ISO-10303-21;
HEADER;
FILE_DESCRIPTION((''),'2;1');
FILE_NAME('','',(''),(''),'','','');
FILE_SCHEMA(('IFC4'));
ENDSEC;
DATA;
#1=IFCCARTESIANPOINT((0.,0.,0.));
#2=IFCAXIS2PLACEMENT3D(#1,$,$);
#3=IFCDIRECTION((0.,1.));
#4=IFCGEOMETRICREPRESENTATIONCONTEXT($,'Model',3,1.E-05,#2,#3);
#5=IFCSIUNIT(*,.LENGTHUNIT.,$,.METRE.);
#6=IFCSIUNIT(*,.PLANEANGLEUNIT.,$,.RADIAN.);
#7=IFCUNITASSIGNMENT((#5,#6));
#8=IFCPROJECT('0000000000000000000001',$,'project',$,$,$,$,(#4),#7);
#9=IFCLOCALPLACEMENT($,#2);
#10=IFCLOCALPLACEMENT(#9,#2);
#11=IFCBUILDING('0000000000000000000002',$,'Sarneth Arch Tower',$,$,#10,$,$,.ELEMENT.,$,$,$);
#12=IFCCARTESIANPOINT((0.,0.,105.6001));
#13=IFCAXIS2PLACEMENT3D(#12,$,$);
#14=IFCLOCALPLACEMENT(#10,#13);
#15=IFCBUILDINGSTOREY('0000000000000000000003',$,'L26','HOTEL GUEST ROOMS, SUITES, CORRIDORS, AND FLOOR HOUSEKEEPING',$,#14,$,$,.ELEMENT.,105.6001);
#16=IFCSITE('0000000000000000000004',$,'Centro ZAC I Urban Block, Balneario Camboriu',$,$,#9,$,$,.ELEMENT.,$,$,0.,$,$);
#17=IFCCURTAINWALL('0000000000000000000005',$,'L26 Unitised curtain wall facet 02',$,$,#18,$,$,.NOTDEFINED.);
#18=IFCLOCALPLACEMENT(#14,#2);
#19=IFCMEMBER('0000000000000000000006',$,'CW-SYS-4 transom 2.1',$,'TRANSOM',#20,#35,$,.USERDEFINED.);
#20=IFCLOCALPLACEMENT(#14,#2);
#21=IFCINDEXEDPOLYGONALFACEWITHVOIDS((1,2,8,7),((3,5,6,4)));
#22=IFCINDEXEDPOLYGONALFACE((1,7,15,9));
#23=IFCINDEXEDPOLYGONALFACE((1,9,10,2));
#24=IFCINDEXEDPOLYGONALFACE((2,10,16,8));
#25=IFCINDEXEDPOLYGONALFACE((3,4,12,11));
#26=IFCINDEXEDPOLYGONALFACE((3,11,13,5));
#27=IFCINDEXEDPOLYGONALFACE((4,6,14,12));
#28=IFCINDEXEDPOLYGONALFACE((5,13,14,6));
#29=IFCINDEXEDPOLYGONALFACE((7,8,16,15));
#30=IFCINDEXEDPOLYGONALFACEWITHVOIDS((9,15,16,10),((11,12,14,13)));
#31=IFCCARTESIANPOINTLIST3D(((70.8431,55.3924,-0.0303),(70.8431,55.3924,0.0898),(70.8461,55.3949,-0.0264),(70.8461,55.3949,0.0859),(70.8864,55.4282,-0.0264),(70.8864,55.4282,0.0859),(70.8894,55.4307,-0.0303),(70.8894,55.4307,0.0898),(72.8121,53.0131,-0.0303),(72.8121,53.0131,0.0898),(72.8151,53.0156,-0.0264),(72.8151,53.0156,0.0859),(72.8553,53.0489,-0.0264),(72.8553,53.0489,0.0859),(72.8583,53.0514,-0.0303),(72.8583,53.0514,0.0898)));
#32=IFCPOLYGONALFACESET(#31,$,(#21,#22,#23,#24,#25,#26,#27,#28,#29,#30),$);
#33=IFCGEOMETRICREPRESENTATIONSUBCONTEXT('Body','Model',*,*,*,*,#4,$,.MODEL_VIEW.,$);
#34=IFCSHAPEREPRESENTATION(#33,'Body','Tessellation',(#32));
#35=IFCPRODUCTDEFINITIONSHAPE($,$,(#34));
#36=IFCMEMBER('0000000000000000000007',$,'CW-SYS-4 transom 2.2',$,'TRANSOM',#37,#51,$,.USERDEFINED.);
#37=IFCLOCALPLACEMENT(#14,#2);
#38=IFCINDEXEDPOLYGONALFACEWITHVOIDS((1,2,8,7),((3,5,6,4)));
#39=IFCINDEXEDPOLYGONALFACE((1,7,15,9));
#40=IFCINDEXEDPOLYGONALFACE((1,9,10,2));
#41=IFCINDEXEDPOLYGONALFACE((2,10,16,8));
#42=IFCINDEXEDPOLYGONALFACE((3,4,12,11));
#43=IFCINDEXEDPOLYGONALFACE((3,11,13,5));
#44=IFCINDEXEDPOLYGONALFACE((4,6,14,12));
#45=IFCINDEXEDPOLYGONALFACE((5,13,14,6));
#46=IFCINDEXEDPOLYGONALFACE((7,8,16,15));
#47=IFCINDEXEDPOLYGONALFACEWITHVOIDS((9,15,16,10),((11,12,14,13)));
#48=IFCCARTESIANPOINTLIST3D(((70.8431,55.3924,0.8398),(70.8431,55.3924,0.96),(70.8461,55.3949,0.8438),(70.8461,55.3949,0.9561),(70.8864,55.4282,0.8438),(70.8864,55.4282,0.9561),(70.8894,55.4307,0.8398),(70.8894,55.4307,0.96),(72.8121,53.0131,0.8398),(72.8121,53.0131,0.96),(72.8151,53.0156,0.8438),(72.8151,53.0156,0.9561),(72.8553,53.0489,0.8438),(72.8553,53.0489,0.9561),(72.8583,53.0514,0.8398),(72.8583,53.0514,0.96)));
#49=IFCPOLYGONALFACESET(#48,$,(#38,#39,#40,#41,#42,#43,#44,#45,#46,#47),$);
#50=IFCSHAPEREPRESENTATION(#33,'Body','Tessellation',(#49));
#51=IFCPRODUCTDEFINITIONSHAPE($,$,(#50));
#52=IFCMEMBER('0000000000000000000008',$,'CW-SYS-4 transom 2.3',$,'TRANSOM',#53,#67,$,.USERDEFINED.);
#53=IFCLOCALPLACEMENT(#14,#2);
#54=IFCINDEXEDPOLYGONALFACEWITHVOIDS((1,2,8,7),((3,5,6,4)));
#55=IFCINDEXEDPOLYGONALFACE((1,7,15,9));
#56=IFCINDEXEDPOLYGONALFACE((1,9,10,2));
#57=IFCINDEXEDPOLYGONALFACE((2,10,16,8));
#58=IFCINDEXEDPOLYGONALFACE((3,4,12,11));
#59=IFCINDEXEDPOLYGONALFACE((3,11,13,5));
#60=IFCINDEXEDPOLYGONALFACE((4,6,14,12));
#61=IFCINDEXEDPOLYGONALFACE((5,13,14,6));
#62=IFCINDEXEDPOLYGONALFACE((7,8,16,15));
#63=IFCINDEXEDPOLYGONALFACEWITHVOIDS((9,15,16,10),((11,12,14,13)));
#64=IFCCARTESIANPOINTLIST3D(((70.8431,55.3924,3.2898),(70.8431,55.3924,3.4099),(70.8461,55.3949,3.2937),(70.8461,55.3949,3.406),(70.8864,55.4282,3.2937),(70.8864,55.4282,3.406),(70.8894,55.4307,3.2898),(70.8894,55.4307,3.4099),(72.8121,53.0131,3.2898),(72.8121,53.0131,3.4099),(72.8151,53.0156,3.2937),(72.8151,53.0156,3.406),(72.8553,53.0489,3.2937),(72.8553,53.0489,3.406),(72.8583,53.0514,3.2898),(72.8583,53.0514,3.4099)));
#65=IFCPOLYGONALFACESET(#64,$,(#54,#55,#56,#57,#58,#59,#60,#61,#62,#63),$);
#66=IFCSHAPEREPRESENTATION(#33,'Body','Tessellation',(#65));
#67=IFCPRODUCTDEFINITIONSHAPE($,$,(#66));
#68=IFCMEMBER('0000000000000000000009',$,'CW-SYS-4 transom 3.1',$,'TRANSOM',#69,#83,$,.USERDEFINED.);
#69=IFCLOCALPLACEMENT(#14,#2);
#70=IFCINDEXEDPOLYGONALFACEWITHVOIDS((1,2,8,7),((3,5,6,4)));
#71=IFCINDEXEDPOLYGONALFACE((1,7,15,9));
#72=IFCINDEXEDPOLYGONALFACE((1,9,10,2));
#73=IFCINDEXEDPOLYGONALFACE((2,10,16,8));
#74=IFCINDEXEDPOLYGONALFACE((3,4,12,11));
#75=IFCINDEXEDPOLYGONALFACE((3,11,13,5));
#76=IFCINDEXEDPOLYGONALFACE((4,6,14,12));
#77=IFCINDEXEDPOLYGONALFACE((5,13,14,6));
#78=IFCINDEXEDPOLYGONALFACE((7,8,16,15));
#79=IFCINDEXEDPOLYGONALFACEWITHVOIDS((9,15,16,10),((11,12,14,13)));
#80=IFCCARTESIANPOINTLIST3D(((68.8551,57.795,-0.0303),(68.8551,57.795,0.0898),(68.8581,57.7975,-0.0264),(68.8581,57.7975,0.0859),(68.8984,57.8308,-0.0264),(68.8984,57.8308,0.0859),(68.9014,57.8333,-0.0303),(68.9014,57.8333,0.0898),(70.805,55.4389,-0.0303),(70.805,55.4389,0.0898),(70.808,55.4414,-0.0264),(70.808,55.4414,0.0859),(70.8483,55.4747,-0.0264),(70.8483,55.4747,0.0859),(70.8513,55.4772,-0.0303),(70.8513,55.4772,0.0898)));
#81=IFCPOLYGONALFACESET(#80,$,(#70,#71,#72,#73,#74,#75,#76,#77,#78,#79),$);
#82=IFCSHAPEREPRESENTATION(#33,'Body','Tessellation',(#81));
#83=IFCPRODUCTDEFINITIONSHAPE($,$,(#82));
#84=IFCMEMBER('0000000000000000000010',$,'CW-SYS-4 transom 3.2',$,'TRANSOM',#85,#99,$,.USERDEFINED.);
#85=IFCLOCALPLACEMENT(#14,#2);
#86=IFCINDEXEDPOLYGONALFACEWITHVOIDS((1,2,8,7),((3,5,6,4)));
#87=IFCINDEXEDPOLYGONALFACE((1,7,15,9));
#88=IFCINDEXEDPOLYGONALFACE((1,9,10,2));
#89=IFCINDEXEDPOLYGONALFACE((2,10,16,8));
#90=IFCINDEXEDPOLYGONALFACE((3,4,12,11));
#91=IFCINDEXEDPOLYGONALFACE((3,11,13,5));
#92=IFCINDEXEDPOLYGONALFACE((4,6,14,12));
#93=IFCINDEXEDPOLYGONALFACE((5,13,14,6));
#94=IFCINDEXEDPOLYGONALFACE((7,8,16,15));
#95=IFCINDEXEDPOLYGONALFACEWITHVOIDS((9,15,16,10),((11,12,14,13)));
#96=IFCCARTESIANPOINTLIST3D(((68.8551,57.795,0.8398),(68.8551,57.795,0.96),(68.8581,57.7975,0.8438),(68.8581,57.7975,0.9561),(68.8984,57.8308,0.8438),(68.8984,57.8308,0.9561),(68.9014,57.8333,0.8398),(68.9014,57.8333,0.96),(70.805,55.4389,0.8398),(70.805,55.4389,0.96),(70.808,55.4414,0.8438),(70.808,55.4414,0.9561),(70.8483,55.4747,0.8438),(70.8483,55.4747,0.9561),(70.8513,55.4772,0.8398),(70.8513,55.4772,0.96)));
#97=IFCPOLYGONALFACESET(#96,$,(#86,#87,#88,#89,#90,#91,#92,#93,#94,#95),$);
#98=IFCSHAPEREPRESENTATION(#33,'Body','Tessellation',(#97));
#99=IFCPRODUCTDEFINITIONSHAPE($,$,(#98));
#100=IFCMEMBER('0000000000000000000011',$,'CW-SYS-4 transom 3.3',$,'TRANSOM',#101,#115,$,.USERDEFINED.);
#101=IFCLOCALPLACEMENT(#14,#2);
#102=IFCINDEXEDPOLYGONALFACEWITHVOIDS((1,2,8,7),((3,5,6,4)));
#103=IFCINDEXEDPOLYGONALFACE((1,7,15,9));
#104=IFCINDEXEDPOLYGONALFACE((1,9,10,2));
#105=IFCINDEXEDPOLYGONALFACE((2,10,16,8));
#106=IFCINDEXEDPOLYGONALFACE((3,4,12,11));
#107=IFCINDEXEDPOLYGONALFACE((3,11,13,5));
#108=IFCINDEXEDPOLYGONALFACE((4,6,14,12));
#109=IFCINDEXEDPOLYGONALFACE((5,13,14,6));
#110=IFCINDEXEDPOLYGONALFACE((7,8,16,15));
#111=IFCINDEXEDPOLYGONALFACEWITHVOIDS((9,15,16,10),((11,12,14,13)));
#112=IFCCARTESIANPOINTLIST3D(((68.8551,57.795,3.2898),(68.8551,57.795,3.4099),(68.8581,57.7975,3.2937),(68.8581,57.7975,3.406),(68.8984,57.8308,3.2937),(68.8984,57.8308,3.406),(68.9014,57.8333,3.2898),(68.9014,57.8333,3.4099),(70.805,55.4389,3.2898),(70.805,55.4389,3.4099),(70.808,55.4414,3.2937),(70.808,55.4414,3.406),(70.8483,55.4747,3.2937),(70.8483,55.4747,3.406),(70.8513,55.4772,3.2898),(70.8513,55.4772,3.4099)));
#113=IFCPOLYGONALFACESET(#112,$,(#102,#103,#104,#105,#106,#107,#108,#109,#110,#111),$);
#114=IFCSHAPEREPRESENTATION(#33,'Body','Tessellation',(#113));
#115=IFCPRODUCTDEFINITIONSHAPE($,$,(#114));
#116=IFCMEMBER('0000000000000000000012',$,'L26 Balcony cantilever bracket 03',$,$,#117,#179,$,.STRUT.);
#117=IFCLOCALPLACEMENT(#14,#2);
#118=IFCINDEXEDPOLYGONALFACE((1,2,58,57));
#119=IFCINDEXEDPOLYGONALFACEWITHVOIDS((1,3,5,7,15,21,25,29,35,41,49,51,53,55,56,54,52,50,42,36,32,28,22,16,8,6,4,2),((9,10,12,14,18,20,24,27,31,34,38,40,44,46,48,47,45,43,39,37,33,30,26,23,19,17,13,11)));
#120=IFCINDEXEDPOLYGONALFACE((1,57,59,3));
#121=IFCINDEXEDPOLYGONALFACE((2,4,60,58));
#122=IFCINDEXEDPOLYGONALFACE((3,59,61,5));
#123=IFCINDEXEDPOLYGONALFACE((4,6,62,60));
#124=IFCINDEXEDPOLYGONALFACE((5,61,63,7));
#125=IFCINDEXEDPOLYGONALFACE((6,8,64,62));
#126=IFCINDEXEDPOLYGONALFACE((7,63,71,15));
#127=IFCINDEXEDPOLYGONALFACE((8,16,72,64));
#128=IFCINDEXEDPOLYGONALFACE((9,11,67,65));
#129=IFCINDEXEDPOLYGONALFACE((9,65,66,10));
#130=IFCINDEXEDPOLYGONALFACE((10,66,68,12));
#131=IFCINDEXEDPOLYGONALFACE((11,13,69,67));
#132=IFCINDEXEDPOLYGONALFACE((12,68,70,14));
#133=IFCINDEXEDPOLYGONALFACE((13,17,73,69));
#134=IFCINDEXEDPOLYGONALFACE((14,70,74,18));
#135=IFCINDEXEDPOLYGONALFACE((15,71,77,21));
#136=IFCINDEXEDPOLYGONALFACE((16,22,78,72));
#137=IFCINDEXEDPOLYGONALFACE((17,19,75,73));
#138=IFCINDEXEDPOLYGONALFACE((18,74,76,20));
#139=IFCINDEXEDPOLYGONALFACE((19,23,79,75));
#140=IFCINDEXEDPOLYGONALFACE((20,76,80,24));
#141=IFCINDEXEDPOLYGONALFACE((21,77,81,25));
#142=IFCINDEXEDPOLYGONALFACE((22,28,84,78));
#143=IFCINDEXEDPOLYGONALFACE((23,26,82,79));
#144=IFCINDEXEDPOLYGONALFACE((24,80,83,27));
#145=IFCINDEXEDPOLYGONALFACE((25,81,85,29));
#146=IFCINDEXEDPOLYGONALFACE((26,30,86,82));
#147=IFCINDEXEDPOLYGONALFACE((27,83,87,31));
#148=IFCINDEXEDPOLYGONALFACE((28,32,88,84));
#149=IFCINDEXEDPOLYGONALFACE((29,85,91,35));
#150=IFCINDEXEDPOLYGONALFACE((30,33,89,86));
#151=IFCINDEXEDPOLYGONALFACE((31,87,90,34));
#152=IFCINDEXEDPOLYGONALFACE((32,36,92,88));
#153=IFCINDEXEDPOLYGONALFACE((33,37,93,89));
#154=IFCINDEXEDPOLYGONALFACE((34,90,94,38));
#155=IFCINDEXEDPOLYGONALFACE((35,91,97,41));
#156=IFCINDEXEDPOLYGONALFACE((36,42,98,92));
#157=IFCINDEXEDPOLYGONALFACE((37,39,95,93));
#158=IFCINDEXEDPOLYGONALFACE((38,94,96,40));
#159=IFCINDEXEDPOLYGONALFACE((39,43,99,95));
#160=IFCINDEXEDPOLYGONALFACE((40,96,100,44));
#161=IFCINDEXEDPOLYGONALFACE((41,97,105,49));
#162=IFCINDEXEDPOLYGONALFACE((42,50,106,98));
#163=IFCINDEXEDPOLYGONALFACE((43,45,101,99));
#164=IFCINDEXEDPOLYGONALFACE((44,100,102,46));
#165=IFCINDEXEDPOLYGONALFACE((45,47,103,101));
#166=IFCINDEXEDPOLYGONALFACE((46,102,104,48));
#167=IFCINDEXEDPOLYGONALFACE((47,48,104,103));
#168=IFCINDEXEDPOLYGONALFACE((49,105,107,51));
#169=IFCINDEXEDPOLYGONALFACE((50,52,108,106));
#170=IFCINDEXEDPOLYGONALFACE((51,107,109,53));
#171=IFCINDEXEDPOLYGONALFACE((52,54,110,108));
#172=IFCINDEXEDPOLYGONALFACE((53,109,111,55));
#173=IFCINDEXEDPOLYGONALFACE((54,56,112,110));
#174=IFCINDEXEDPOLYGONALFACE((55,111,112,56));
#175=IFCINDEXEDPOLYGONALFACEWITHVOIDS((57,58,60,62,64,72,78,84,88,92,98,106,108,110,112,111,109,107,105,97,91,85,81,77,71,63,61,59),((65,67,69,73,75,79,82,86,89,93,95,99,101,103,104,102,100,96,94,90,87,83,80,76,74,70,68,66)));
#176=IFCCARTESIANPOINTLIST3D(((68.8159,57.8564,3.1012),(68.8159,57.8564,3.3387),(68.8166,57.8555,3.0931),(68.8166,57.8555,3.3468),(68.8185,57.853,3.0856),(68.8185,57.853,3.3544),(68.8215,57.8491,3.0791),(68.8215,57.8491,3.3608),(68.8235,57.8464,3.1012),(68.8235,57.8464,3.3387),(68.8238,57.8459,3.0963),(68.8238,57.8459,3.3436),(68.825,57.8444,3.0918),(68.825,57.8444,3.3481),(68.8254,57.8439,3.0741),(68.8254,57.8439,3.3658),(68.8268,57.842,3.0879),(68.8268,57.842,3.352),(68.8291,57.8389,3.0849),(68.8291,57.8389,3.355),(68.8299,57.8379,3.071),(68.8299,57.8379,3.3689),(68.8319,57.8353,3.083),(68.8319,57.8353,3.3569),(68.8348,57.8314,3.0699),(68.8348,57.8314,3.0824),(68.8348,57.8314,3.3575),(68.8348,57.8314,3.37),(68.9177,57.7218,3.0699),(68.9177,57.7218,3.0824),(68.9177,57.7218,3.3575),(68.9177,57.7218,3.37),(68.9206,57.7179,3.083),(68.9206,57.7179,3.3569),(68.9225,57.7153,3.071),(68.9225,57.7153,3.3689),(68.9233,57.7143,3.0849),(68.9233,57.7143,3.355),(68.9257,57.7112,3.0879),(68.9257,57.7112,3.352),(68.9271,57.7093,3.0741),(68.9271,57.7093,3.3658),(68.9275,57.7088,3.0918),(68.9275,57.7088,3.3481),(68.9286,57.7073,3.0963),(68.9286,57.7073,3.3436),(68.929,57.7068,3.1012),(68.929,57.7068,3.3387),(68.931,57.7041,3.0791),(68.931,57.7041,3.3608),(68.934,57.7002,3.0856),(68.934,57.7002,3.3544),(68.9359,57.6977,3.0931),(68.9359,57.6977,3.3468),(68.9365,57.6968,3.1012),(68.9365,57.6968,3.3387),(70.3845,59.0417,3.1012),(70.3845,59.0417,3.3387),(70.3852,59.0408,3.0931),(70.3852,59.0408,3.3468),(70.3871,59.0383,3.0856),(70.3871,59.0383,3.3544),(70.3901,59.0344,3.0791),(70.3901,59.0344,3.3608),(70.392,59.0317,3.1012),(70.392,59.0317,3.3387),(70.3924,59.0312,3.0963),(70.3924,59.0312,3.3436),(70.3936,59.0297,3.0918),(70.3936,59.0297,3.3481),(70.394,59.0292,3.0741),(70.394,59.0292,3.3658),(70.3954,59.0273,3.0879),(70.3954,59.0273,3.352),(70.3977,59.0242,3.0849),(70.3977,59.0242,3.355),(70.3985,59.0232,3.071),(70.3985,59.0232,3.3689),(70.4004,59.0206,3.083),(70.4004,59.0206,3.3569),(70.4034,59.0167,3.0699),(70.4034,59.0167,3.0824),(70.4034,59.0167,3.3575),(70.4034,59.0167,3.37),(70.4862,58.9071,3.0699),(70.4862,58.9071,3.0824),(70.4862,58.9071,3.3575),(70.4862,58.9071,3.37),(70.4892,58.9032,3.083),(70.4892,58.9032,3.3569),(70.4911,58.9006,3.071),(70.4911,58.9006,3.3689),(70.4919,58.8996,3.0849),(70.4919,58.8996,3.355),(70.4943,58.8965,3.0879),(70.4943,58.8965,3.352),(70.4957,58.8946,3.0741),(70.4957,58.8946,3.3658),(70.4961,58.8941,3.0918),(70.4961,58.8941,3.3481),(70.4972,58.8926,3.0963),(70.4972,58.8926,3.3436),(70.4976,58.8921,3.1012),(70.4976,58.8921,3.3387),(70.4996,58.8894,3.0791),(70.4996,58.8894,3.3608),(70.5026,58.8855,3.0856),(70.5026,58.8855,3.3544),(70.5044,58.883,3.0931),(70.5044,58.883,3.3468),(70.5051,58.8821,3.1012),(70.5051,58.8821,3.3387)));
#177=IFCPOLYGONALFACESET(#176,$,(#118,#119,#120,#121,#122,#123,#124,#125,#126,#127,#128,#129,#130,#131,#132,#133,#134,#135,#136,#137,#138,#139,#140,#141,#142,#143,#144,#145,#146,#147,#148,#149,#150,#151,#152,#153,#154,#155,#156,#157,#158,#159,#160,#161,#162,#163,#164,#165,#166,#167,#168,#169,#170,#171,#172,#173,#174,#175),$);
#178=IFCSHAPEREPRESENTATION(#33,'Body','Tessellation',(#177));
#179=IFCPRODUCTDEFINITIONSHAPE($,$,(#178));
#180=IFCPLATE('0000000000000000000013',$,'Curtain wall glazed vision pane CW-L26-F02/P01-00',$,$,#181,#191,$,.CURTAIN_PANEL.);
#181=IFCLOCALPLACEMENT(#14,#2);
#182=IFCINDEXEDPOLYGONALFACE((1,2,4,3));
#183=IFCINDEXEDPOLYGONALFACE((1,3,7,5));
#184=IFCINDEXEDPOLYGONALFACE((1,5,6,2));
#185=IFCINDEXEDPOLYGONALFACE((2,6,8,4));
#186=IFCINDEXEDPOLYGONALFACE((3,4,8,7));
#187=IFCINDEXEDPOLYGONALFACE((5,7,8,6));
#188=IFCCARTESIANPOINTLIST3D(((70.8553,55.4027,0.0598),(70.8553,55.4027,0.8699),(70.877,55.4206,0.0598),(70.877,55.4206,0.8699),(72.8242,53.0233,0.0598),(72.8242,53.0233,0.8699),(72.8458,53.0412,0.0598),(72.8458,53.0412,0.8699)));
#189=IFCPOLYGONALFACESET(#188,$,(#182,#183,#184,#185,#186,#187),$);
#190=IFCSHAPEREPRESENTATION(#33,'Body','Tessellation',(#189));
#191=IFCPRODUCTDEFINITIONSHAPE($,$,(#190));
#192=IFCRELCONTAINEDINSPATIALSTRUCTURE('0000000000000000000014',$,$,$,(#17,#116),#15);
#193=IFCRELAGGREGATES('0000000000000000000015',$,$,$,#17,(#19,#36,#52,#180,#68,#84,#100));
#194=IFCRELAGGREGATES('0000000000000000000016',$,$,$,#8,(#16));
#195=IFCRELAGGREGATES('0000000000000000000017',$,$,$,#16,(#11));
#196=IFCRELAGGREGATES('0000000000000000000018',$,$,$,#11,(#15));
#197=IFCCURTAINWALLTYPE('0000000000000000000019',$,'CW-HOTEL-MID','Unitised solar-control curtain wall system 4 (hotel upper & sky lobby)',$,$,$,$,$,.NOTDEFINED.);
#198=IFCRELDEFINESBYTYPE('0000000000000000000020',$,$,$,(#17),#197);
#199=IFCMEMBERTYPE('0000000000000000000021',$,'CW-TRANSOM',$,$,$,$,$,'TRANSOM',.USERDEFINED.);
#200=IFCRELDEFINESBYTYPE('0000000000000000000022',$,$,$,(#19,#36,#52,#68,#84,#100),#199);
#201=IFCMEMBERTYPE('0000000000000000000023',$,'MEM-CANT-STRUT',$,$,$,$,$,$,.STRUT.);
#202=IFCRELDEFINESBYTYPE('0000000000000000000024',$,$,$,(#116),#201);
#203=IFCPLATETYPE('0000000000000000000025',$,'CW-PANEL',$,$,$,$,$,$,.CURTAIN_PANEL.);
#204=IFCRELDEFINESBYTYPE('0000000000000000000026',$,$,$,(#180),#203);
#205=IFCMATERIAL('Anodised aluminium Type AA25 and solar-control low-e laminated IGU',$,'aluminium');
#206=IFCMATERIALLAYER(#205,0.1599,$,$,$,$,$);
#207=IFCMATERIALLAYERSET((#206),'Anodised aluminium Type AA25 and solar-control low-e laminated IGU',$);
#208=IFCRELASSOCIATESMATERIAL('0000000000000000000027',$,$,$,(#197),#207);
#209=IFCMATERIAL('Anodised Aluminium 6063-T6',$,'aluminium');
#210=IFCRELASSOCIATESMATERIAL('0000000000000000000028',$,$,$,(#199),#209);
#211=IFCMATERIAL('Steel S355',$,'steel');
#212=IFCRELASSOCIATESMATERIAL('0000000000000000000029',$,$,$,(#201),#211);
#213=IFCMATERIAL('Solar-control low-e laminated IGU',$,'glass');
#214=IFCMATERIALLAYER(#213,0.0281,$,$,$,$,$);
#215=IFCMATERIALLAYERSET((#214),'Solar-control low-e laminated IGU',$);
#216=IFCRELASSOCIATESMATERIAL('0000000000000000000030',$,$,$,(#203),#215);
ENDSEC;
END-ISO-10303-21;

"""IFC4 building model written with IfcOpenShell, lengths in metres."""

from ifc_helpers import new_model, si_unit, direction, frame, origin, origin_2d, place, context, subcontext, project, spatial, rectangle, hollow_rectangle, extrude, material, layer, layer_set, material_profile, profile_set, type_object, element, aggregate, save


model = new_model("IFC4")

# Units and contexts
model_context = context("Model", 3, precision=1e-05, world=origin(), true_north=direction((0.0, 1.0)))
body_context = subcontext(model_context, "Body", "Model", "MODEL_VIEW")
ifc_project = project(units=[si_unit("LENGTHUNIT", "METRE"), si_unit("PLANEANGLEUNIT", "RADIAN")], contexts=[model_context])

# Site, building, storey
site_placement = place(None, origin())
site = spatial("IfcSite", under=ifc_project, at=site_placement, Name="Centro ZAC I Urban Block, Balneario Camboriu", CompositionType="ELEMENT", RefElevation=0.0)
building_placement = place(site_placement, origin())
building = spatial("IfcBuilding", under=site, at=building_placement, Name="Sarneth Arch Tower", CompositionType="ELEMENT")
storey_placement = place(building_placement, frame((0.0, 0.0, 105.6001)))
storey = spatial("IfcBuildingStorey", under=building, at=storey_placement, Name="L26", Description="HOTEL GUEST ROOMS, SUITES, CORRIDORS, AND FLOOR HOUSEKEEPING", CompositionType="ELEMENT", Elevation=105.6001)

# Curtain wall, members
ifc_material_1 = material(Name="Anodised aluminium Type AA25 and solar-control low-e laminated IGU", Category="aluminium")
ifc_layer_1 = layer(ifc_material_1, 0.1599)
ifc_layer_set_1 = layer_set([ifc_layer_1], Name="Anodised aluminium Type AA25 and solar-control low-e laminated IGU")
curtain_wall_type = type_object("IfcCurtainWallType", Name="CW-HOTEL-MID", Description="Unitised solar-control curtain wall system 4 (hotel upper & sky lobby)", PredefinedType="NOTDEFINED", material=ifc_layer_set_1)
curtain_wall_placement = place(storey_placement, origin())
curtain_wall = element("IfcCurtainWall", 1, at=curtain_wall_placement, inside=storey, type_object=curtain_wall_type, Name="L26 Unitised curtain wall facet 02", PredefinedType="NOTDEFINED")
ifc_material_2 = material(Name="Anodised Aluminium 6063-T6", Category="aluminium")
ifc_material_profile_1 = material_profile(ifc_material_2, hollow_rectangle(XDim=0.0601, YDim=0.1201, WallThickness=0.0039, at=origin_2d()), Name="AL-TRAN-120x60x4")
ifc_profile_set_1 = profile_set([ifc_material_profile_1], Name="Anodised Aluminium 6063-T6")
member_type_1 = type_object("IfcMemberType", Name="CW-TRANSOM", ElementType="TRANSOM", PredefinedType="USERDEFINED", material=ifc_profile_set_1)
member_1_placement = place(storey_placement, frame((72.8352, 53.0322, 0.0298), z_axis=(-0.637537, 0.77042, 0.0), x_axis=(-0.77042, -0.637537, 0.0)))
member_1 = element("IfcMember", 2, at=member_1_placement, type_object=member_type_1, Name="CW-SYS-4 transom 2.1", ObjectType="TRANSOM", PredefinedType="USERDEFINED", context=body_context, shape_type="SweptSolid", body=[
    extrude(hollow_rectangle(XDim=0.0601, YDim=0.1201, WallThickness=0.0039, at=origin_2d()), origin(), (0.0, 0.0, 1.0), 3.0884),
])
member_2_placement = place(storey_placement, frame((72.8352, 53.0322, 0.8999), z_axis=(-0.637537, 0.77042, 0.0), x_axis=(-0.77042, -0.637537, 0.0)))
member_2 = element("IfcMember", 3, at=member_2_placement, type_object=member_type_1, Name="CW-SYS-4 transom 2.2", ObjectType="TRANSOM", PredefinedType="USERDEFINED", context=body_context, shape_type="SweptSolid", body=[
    extrude(hollow_rectangle(XDim=0.0601, YDim=0.1201, WallThickness=0.0039, at=origin_2d()), origin(), (0.0, 0.0, 1.0), 3.0884),
])
member_3_placement = place(storey_placement, frame((72.8352, 53.0322, 3.3499), z_axis=(-0.637537, 0.77042, 0.0), x_axis=(-0.77042, -0.637537, 0.0)))
member_3 = element("IfcMember", 4, at=member_3_placement, type_object=member_type_1, Name="CW-SYS-4 transom 2.3", ObjectType="TRANSOM", PredefinedType="USERDEFINED", context=body_context, shape_type="SweptSolid", body=[
    extrude(hollow_rectangle(XDim=0.0601, YDim=0.1201, WallThickness=0.0039, at=origin_2d()), origin(), (0.0, 0.0, 1.0), 3.0884),
])
member_4_placement = place(storey_placement, frame((70.8281, 55.458, 0.0298), z_axis=(-0.637566, 0.770396, 0.0), x_axis=(-0.770396, -0.637566, 0.0)))
member_4 = element("IfcMember", 5, at=member_4_placement, type_object=member_type_1, Name="CW-SYS-4 transom 3.1", ObjectType="TRANSOM", PredefinedType="USERDEFINED", context=body_context, shape_type="SweptSolid", body=[
    extrude(hollow_rectangle(XDim=0.0601, YDim=0.1201, WallThickness=0.0039, at=origin_2d()), origin(), (0.0, 0.0, 1.0), 3.0583),
])
member_5_placement = place(storey_placement, frame((70.8281, 55.458, 0.8999), z_axis=(-0.637566, 0.770396, 0.0), x_axis=(-0.770396, -0.637566, 0.0)))
member_5 = element("IfcMember", 6, at=member_5_placement, type_object=member_type_1, Name="CW-SYS-4 transom 3.2", ObjectType="TRANSOM", PredefinedType="USERDEFINED", context=body_context, shape_type="SweptSolid", body=[
    extrude(hollow_rectangle(XDim=0.0601, YDim=0.1201, WallThickness=0.0039, at=origin_2d()), origin(), (0.0, 0.0, 1.0), 3.0583),
])
member_6_placement = place(storey_placement, frame((70.8281, 55.458, 3.3499), z_axis=(-0.637566, 0.770396, 0.0), x_axis=(-0.770396, -0.637566, 0.0)))
member_6 = element("IfcMember", 7, at=member_6_placement, type_object=member_type_1, Name="CW-SYS-4 transom 3.3", ObjectType="TRANSOM", PredefinedType="USERDEFINED", context=body_context, shape_type="SweptSolid", body=[
    extrude(hollow_rectangle(XDim=0.0601, YDim=0.1201, WallThickness=0.0039, at=origin_2d()), origin(), (0.0, 0.0, 1.0), 3.0583),
])

# Member
ifc_material_3 = material(Name="Steel S355", Category="steel")
ifc_material_profile_2 = material_profile(ifc_material_3, hollow_rectangle(XDim=0.2, YDim=0.3, WallThickness=0.0125, InnerFilletRadius=0.0188, OuterFilletRadius=0.0312, at=origin_2d()), Name="RHS300x200x12.5")
ifc_profile_set_2 = profile_set([ifc_material_profile_2], Name="Steel S355")
member_type_2 = type_object("IfcMemberType", Name="MEM-CANT-STRUT", PredefinedType="STRUT", material=ifc_profile_set_2)
member_7_placement = place(storey_placement, frame((68.8762, 57.7766, 3.22), z_axis=(0.797834, 0.602877, 0.0), x_axis=(-0.602877, 0.797834, 0.0)))
element("IfcMember", 8, at=member_7_placement, inside=storey, type_object=member_type_2, Name="L26 Balcony cantilever bracket 03", PredefinedType="STRUT", context=body_context, shape_type="SweptSolid", body=[
    extrude(hollow_rectangle(XDim=0.2, YDim=0.3, WallThickness=0.0125, InnerFilletRadius=0.0188, OuterFilletRadius=0.0312, at=origin_2d()), origin(), (0.0, 0.0, 1.0), 1.9661),
])

# Plate
ifc_material_4 = material(Name="Solar-control low-e laminated IGU", Category="glass")
ifc_layer_2 = layer(ifc_material_4, 0.0281)
ifc_layer_set_2 = layer_set([ifc_layer_2], Name="Solar-control low-e laminated IGU")
plate_type_1 = type_object("IfcPlateType", Name="CW-PANEL", PredefinedType="CURTAIN_PANEL", material=ifc_layer_set_2)
plate_1_placement = place(storey_placement, frame((71.8506, 54.2219, 0.0598), z_axis=(0.0, 0.0, 1.0), x_axis=(-0.637515, 0.770438, 0.0)))
plate_1 = element("IfcPlate", 9, at=plate_1_placement, type_object=plate_type_1, Name="Curtain wall glazed vision pane CW-L26-F02/P01-00", PredefinedType="CURTAIN_PANEL", context=body_context, shape_type="SweptSolid", body=[
    extrude(rectangle(XDim=3.0884, YDim=0.0281, at=origin_2d()), origin(), (0.0, 0.0, 1.0), 0.8101),
])
aggregate(curtain_wall, [member_1, member_2, member_3, plate_1, member_4, member_5, member_6])

save(model, "model.ifc")
